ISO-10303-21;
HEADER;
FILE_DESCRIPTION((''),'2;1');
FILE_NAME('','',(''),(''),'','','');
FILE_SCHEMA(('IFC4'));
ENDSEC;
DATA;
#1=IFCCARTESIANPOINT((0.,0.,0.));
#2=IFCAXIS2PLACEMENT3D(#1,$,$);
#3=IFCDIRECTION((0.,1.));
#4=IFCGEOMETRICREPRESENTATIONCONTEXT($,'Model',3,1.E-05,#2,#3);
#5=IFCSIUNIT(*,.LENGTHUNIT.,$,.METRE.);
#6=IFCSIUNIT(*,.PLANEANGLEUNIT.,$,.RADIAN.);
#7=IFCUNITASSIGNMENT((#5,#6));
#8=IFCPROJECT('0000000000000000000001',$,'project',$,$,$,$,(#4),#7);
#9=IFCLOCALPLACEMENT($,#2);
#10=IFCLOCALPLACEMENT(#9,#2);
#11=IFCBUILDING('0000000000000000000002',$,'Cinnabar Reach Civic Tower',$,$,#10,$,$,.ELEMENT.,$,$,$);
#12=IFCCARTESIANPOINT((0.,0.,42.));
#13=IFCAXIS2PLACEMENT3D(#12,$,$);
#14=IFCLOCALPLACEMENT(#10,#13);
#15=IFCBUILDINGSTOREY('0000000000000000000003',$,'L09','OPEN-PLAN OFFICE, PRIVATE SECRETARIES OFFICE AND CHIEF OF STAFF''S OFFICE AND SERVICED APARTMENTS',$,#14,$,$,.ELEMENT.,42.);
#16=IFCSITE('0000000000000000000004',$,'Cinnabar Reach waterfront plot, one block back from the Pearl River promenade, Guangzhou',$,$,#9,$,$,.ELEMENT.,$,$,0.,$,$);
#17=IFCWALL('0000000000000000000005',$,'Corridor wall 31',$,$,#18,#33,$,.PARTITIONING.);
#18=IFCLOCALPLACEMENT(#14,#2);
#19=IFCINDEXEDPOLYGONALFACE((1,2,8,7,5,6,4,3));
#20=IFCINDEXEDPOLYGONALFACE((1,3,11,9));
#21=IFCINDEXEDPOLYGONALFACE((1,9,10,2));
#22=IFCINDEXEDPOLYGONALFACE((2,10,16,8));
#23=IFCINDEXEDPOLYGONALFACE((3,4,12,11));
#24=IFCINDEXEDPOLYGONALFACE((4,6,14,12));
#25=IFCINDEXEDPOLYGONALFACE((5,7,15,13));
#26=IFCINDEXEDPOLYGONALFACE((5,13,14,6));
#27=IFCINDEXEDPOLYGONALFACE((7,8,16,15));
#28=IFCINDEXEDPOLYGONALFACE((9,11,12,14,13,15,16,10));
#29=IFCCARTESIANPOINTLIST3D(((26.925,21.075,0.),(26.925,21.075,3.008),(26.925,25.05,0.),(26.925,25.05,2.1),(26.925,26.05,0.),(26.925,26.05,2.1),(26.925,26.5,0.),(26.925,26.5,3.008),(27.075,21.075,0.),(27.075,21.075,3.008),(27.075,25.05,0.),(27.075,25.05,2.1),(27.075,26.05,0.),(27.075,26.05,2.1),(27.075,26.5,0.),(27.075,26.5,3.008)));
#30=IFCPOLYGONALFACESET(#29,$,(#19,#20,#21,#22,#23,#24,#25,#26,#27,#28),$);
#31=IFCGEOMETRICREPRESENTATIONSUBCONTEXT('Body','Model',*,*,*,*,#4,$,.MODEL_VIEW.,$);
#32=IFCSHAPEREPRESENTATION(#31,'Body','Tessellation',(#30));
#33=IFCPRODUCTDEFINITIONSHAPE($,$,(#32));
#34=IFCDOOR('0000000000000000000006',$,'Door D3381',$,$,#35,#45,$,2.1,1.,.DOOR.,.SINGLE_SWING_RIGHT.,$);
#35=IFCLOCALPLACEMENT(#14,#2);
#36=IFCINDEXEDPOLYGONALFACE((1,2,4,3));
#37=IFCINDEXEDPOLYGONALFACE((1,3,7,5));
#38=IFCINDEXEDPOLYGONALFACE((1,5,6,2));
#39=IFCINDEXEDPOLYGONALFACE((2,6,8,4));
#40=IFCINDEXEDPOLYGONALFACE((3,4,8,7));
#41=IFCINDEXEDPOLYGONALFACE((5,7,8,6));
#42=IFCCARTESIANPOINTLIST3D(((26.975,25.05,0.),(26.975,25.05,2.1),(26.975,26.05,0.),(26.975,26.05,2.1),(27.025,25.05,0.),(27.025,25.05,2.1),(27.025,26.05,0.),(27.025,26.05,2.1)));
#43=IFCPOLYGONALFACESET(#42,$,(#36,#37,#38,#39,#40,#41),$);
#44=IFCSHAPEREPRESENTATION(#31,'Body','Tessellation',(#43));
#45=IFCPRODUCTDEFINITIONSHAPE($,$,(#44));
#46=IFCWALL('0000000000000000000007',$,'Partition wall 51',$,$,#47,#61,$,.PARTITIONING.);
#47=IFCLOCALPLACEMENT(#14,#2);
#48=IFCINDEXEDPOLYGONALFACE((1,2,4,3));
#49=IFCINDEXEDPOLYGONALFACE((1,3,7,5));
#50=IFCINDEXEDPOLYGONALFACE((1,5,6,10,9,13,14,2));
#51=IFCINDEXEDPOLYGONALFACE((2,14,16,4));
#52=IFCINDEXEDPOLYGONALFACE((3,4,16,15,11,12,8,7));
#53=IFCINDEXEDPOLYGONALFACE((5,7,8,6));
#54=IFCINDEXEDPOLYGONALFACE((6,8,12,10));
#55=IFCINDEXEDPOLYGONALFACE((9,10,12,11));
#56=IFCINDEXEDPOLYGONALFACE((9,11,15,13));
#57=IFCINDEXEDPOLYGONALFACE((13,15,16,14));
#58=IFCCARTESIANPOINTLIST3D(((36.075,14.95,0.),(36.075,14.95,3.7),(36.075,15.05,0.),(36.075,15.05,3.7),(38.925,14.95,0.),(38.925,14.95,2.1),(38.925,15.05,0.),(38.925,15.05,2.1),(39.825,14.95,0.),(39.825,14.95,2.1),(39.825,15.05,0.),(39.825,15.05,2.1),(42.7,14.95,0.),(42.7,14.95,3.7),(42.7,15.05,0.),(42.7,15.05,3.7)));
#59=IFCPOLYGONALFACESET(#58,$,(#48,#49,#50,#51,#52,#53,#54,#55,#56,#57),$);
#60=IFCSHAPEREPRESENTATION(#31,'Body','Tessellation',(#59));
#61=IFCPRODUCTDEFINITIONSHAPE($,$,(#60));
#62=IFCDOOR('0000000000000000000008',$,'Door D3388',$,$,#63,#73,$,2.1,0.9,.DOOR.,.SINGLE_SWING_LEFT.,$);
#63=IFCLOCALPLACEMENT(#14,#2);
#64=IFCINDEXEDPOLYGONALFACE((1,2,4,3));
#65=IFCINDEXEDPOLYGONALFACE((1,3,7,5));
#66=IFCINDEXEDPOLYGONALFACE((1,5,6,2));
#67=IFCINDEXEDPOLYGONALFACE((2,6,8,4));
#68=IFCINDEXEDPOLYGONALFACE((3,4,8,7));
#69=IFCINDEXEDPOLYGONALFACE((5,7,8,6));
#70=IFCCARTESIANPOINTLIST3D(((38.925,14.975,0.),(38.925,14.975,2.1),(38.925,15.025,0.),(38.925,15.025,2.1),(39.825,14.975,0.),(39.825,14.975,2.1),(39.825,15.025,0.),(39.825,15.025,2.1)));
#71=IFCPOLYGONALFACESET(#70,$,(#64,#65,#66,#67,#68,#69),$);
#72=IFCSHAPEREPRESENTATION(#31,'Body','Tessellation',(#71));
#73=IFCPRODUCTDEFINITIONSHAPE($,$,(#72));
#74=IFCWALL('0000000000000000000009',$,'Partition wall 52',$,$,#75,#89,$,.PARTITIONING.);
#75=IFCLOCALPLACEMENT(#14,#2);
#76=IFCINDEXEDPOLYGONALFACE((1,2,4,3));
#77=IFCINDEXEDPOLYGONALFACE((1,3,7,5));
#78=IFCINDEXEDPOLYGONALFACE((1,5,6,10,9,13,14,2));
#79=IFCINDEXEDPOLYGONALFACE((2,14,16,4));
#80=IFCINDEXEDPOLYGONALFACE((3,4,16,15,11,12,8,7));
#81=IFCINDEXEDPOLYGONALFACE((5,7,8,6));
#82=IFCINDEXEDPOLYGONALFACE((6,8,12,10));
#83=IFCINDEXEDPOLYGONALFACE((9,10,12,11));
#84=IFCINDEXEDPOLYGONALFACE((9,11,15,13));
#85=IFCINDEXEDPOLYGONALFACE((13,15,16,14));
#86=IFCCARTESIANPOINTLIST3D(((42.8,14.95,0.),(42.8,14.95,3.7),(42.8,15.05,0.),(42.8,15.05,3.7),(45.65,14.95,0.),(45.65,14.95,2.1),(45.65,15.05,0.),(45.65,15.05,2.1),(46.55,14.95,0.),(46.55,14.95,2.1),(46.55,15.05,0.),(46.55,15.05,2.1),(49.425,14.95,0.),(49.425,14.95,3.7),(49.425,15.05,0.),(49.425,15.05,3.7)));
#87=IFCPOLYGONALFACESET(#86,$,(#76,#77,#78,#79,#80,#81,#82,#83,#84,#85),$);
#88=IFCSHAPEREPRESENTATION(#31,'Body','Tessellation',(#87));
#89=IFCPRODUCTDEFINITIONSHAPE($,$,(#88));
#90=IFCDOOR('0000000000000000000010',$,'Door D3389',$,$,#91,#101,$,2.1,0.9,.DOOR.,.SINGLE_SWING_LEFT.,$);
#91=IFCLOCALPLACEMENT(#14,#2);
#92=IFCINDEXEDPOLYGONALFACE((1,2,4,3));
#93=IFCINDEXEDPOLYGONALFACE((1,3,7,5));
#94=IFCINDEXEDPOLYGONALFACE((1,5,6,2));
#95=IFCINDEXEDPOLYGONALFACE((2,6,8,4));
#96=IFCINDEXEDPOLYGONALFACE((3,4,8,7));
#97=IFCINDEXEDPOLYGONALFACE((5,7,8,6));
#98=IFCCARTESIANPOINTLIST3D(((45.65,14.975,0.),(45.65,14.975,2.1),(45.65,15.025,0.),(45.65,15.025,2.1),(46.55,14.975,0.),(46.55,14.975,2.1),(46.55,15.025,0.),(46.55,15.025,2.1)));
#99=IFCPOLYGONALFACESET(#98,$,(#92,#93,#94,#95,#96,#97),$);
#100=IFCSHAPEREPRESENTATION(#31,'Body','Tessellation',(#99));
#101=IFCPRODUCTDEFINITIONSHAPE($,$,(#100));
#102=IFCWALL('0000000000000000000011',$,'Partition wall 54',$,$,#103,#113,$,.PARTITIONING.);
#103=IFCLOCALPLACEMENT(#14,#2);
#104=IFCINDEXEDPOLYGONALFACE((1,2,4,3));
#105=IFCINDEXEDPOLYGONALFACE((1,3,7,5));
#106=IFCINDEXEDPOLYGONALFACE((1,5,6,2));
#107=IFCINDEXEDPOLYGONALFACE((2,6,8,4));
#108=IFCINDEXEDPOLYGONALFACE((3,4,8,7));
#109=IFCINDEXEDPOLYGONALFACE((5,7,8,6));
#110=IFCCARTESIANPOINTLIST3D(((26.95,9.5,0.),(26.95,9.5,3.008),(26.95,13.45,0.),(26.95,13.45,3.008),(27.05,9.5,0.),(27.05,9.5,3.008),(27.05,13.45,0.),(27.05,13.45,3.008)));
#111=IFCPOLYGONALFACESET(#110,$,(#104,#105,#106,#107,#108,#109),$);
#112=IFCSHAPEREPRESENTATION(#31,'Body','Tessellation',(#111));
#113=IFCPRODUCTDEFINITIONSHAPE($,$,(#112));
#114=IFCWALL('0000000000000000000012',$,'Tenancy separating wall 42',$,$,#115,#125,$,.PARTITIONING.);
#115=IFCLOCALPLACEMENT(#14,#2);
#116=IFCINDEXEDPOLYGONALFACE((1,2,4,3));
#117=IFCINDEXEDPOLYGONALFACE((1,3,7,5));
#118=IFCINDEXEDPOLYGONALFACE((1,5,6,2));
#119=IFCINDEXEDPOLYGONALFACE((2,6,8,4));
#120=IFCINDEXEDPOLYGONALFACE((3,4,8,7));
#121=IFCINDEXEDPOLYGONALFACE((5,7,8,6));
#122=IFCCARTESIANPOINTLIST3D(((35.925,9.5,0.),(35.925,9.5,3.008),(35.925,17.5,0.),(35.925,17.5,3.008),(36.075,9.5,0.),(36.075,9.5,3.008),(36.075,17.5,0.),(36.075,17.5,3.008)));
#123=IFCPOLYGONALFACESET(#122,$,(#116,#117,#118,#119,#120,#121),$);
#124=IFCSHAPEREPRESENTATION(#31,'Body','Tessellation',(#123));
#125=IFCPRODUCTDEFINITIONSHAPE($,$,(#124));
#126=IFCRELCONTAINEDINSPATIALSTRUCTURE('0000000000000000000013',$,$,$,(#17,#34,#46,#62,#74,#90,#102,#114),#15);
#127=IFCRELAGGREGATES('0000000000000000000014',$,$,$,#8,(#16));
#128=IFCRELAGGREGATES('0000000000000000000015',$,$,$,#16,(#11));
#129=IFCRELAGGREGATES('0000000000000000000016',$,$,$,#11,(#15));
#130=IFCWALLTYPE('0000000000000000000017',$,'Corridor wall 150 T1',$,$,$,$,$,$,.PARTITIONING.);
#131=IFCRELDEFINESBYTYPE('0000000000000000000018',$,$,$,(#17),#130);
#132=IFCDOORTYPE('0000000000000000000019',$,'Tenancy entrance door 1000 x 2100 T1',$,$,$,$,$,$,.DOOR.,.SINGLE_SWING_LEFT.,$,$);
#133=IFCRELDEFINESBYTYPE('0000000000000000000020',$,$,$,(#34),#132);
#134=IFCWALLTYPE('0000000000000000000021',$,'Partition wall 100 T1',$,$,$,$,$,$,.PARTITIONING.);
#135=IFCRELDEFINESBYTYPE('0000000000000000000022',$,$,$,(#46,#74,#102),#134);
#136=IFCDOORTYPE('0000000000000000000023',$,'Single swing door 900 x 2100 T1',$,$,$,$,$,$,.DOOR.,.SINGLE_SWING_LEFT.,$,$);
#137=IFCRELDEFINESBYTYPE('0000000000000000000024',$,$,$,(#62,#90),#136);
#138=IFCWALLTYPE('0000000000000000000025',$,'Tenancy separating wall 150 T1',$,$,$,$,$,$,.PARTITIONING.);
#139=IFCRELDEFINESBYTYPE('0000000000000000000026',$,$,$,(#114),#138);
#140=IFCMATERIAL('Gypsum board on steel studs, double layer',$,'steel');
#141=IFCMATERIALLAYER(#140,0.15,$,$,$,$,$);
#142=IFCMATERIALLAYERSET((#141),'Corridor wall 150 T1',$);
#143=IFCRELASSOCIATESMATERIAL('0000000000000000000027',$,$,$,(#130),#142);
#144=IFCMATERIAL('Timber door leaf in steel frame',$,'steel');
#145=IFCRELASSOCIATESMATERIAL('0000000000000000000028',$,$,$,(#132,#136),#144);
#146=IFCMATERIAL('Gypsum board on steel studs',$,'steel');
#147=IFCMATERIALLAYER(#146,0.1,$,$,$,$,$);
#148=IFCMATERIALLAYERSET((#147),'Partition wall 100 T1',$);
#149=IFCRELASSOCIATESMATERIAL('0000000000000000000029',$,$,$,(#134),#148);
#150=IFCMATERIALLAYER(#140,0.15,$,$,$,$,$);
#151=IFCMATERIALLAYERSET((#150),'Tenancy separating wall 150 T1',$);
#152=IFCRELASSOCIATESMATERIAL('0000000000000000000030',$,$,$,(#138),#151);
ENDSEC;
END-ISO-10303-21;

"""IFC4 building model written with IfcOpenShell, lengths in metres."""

from ifc_helpers import new_model, si_unit, direction, frame, frame_2d, origin, place, context, subcontext, project, spatial, rectangle, extrude, material, layer, layer_set, type_object, element, fill, save


model = new_model("IFC4")

# Units and contexts
model_context = context("Model", 3, precision=1e-05, world=origin(), true_north=direction((0.0, 1.0)))
body_context = subcontext(model_context, "Body", "Model", "MODEL_VIEW")
ifc_project = project(units=[si_unit("LENGTHUNIT", "METRE"), si_unit("PLANEANGLEUNIT", "RADIAN")], contexts=[model_context])

# Site, building, storey
site_placement = place(None, origin())
site = spatial("IfcSite", under=ifc_project, at=site_placement, Name="Cinnabar Reach waterfront plot, one block back from the Pearl River promenade, Guangzhou", CompositionType="ELEMENT", RefElevation=0.0)
building_placement = place(site_placement, origin())
building = spatial("IfcBuilding", under=site, at=building_placement, Name="Cinnabar Reach Civic Tower", CompositionType="ELEMENT")
storey_placement = place(building_placement, frame((0.0, 0.0, 42.0)))
storey = spatial("IfcBuildingStorey", under=building, at=storey_placement, Name="L09", Description="OPEN-PLAN OFFICE, PRIVATE SECRETARIES OFFICE AND CHIEF OF STAFF'S OFFICE AND SERVICED APARTMENTS", CompositionType="ELEMENT", Elevation=42.0)

# Shared definitions
ifc_material_1 = material(Name="Gypsum board on steel studs, double layer", Category="steel")
ifc_layer_1 = layer(ifc_material_1, 0.15)
ifc_layer_set_1 = layer_set([ifc_layer_1], Name="Corridor wall 150 T1")
wall_type_1 = type_object("IfcWallType", Name="Corridor wall 150 T1", PredefinedType="PARTITIONING", material=ifc_layer_set_1)
ifc_material_2 = material(Name="Timber door leaf in steel frame", Category="steel")
door_type_1 = type_object("IfcDoorType", Name="Tenancy entrance door 1000 x 2100 T1", OperationType="SINGLE_SWING_LEFT", PredefinedType="DOOR", material=ifc_material_2)

# Walls, openings, doors
wall_1_placement = place(storey_placement, frame((27.0, 21.075, 0.0), z_axis=(0.0, 0.0, 1.0), x_axis=(0.0, 1.0, 0.0)))
wall_1 = element("IfcWall", 1, at=wall_1_placement, inside=storey, type_object=wall_type_1, Name="Corridor wall 31", PredefinedType="PARTITIONING", context=body_context, shape_type="SweptSolid", body=[
    extrude(rectangle(XDim=5.425, YDim=0.15, at=frame_2d((2.7125, 0.0))), origin(), (0.0, 0.0, 1.0), 3.008),
])
opening_1_placement = place(wall_1_placement, frame((3.975, 0.0, 0.0)))
opening_1 = element("IfcOpeningElement", 2, at=opening_1_placement, cuts=wall_1, PredefinedType="OPENING", context=body_context, shape_type="SweptSolid", body=[
    extrude(rectangle(XDim=1.0, YDim=2.1, at=frame_2d((0.5, 1.05))), frame((0.0, 0.085, 0.0), z_axis=(0.0, -1.0, 0.0), x_axis=(1.0, 0.0, 0.0)), (0.0, 0.0, 1.0), 0.17),
])
door_1_placement = place(opening_1_placement, frame((1.0, 0.0, 0.0), z_axis=(0.0, 0.0, 1.0), x_axis=(-1.0, 0.0, 0.0)))
door_1 = element("IfcDoor", 3, at=door_1_placement, inside=storey, type_object=door_type_1, Name="Door D3381", OperationType="SINGLE_SWING_RIGHT", OverallHeight=2.1, OverallWidth=1.0, PredefinedType="DOOR", context=body_context, shape_type="SweptSolid", body=[
    extrude(rectangle(XDim=1.0, YDim=2.1, at=frame_2d((0.5, 1.05))), frame((0.0, 0.025, 0.0), z_axis=(0.0, -1.0, 0.0), x_axis=(1.0, 0.0, 0.0)), (0.0, 0.0, 1.0), 0.05),
])
fill(opening_1, door_1)
ifc_material_3 = material(Name="Gypsum board on steel studs", Category="steel")
ifc_layer_2 = layer(ifc_material_3, 0.1)
ifc_layer_set_2 = layer_set([ifc_layer_2], Name="Partition wall 100 T1")
wall_type_2 = type_object("IfcWallType", Name="Partition wall 100 T1", PredefinedType="PARTITIONING", material=ifc_layer_set_2)
wall_2_placement = place(storey_placement, frame((36.075, 15.0, 0.0), z_axis=(0.0, 0.0, 1.0), x_axis=(1.0, 0.0, 0.0)))
wall_2 = element("IfcWall", 4, at=wall_2_placement, inside=storey, type_object=wall_type_2, Name="Partition wall 51", PredefinedType="PARTITIONING", context=body_context, shape_type="SweptSolid", body=[
    extrude(rectangle(XDim=6.625, YDim=0.1, at=frame_2d((3.3125, 0.0))), origin(), (0.0, 0.0, 1.0), 3.7),
])
opening_2_placement = place(wall_2_placement, frame((2.85, 0.0, 0.0)))
opening_2 = element("IfcOpeningElement", 5, at=opening_2_placement, cuts=wall_2, PredefinedType="OPENING", context=body_context, shape_type="SweptSolid", body=[
    extrude(rectangle(XDim=0.9, YDim=2.1, at=frame_2d((0.45, 1.05))), frame((0.0, 0.06, 0.0), z_axis=(0.0, -1.0, 0.0), x_axis=(1.0, 0.0, 0.0)), (0.0, 0.0, 1.0), 0.12),
])
door_type_2 = type_object("IfcDoorType", Name="Single swing door 900 x 2100 T1", OperationType="SINGLE_SWING_LEFT", PredefinedType="DOOR", material=ifc_material_2)
door_2_placement = place(opening_2_placement, origin())
door_2 = element("IfcDoor", 6, at=door_2_placement, inside=storey, type_object=door_type_2, Name="Door D3388", OperationType="SINGLE_SWING_LEFT", OverallHeight=2.1, OverallWidth=0.9, PredefinedType="DOOR", context=body_context, shape_type="SweptSolid", body=[
    extrude(rectangle(XDim=0.9, YDim=2.1, at=frame_2d((0.45, 1.05))), frame((0.0, 0.025, 0.0), z_axis=(0.0, -1.0, 0.0), x_axis=(1.0, 0.0, 0.0)), (0.0, 0.0, 1.0), 0.05),
])
fill(opening_2, door_2)
wall_3_placement = place(storey_placement, frame((42.8, 15.0, 0.0), z_axis=(0.0, 0.0, 1.0), x_axis=(1.0, 0.0, 0.0)))
wall_3 = element("IfcWall", 7, at=wall_3_placement, inside=storey, type_object=wall_type_2, Name="Partition wall 52", PredefinedType="PARTITIONING", context=body_context, shape_type="SweptSolid", body=[
    extrude(rectangle(XDim=6.625, YDim=0.1, at=frame_2d((3.3125, 0.0))), origin(), (0.0, 0.0, 1.0), 3.7),
])
opening_3_placement = place(wall_3_placement, frame((2.85, 0.0, 0.0)))
opening_3 = element("IfcOpeningElement", 8, at=opening_3_placement, cuts=wall_3, PredefinedType="OPENING", context=body_context, shape_type="SweptSolid", body=[
    extrude(rectangle(XDim=0.9, YDim=2.1, at=frame_2d((0.45, 1.05))), frame((0.0, 0.06, 0.0), z_axis=(0.0, -1.0, 0.0), x_axis=(1.0, 0.0, 0.0)), (0.0, 0.0, 1.0), 0.12),
])
door_3_placement = place(opening_3_placement, origin())
door_3 = element("IfcDoor", 9, at=door_3_placement, inside=storey, type_object=door_type_2, Name="Door D3389", OperationType="SINGLE_SWING_LEFT", OverallHeight=2.1, OverallWidth=0.9, PredefinedType="DOOR", context=body_context, shape_type="SweptSolid", body=[
    extrude(rectangle(XDim=0.9, YDim=2.1, at=frame_2d((0.45, 1.05))), frame((0.0, 0.025, 0.0), z_axis=(0.0, -1.0, 0.0), x_axis=(1.0, 0.0, 0.0)), (0.0, 0.0, 1.0), 0.05),
])
fill(opening_3, door_3)

# Walls
wall_4_placement = place(storey_placement, frame((27.0, 9.5, 0.0), z_axis=(0.0, 0.0, 1.0), x_axis=(0.0, 1.0, 0.0)))
element("IfcWall", 10, at=wall_4_placement, inside=storey, type_object=wall_type_2, Name="Partition wall 54", PredefinedType="PARTITIONING", context=body_context, shape_type="SweptSolid", body=[
    extrude(rectangle(XDim=3.95, YDim=0.1, at=frame_2d((1.975, 0.0))), origin(), (0.0, 0.0, 1.0), 3.008),
])
ifc_layer_3 = layer(ifc_material_1, 0.15)
ifc_layer_set_3 = layer_set([ifc_layer_3], Name="Tenancy separating wall 150 T1")
wall_type_3 = type_object("IfcWallType", Name="Tenancy separating wall 150 T1", PredefinedType="PARTITIONING", material=ifc_layer_set_3)
wall_5_placement = place(storey_placement, frame((36.0, 9.5, 0.0), z_axis=(0.0, 0.0, 1.0), x_axis=(0.0, 1.0, 0.0)))
element("IfcWall", 11, at=wall_5_placement, inside=storey, type_object=wall_type_3, Name="Tenancy separating wall 42", PredefinedType="PARTITIONING", context=body_context, shape_type="SweptSolid", body=[
    extrude(rectangle(XDim=8.0, YDim=0.15, at=frame_2d((4.0, 0.0))), origin(), (0.0, 0.0, 1.0), 3.008),
])

save(model, "model.ifc")
